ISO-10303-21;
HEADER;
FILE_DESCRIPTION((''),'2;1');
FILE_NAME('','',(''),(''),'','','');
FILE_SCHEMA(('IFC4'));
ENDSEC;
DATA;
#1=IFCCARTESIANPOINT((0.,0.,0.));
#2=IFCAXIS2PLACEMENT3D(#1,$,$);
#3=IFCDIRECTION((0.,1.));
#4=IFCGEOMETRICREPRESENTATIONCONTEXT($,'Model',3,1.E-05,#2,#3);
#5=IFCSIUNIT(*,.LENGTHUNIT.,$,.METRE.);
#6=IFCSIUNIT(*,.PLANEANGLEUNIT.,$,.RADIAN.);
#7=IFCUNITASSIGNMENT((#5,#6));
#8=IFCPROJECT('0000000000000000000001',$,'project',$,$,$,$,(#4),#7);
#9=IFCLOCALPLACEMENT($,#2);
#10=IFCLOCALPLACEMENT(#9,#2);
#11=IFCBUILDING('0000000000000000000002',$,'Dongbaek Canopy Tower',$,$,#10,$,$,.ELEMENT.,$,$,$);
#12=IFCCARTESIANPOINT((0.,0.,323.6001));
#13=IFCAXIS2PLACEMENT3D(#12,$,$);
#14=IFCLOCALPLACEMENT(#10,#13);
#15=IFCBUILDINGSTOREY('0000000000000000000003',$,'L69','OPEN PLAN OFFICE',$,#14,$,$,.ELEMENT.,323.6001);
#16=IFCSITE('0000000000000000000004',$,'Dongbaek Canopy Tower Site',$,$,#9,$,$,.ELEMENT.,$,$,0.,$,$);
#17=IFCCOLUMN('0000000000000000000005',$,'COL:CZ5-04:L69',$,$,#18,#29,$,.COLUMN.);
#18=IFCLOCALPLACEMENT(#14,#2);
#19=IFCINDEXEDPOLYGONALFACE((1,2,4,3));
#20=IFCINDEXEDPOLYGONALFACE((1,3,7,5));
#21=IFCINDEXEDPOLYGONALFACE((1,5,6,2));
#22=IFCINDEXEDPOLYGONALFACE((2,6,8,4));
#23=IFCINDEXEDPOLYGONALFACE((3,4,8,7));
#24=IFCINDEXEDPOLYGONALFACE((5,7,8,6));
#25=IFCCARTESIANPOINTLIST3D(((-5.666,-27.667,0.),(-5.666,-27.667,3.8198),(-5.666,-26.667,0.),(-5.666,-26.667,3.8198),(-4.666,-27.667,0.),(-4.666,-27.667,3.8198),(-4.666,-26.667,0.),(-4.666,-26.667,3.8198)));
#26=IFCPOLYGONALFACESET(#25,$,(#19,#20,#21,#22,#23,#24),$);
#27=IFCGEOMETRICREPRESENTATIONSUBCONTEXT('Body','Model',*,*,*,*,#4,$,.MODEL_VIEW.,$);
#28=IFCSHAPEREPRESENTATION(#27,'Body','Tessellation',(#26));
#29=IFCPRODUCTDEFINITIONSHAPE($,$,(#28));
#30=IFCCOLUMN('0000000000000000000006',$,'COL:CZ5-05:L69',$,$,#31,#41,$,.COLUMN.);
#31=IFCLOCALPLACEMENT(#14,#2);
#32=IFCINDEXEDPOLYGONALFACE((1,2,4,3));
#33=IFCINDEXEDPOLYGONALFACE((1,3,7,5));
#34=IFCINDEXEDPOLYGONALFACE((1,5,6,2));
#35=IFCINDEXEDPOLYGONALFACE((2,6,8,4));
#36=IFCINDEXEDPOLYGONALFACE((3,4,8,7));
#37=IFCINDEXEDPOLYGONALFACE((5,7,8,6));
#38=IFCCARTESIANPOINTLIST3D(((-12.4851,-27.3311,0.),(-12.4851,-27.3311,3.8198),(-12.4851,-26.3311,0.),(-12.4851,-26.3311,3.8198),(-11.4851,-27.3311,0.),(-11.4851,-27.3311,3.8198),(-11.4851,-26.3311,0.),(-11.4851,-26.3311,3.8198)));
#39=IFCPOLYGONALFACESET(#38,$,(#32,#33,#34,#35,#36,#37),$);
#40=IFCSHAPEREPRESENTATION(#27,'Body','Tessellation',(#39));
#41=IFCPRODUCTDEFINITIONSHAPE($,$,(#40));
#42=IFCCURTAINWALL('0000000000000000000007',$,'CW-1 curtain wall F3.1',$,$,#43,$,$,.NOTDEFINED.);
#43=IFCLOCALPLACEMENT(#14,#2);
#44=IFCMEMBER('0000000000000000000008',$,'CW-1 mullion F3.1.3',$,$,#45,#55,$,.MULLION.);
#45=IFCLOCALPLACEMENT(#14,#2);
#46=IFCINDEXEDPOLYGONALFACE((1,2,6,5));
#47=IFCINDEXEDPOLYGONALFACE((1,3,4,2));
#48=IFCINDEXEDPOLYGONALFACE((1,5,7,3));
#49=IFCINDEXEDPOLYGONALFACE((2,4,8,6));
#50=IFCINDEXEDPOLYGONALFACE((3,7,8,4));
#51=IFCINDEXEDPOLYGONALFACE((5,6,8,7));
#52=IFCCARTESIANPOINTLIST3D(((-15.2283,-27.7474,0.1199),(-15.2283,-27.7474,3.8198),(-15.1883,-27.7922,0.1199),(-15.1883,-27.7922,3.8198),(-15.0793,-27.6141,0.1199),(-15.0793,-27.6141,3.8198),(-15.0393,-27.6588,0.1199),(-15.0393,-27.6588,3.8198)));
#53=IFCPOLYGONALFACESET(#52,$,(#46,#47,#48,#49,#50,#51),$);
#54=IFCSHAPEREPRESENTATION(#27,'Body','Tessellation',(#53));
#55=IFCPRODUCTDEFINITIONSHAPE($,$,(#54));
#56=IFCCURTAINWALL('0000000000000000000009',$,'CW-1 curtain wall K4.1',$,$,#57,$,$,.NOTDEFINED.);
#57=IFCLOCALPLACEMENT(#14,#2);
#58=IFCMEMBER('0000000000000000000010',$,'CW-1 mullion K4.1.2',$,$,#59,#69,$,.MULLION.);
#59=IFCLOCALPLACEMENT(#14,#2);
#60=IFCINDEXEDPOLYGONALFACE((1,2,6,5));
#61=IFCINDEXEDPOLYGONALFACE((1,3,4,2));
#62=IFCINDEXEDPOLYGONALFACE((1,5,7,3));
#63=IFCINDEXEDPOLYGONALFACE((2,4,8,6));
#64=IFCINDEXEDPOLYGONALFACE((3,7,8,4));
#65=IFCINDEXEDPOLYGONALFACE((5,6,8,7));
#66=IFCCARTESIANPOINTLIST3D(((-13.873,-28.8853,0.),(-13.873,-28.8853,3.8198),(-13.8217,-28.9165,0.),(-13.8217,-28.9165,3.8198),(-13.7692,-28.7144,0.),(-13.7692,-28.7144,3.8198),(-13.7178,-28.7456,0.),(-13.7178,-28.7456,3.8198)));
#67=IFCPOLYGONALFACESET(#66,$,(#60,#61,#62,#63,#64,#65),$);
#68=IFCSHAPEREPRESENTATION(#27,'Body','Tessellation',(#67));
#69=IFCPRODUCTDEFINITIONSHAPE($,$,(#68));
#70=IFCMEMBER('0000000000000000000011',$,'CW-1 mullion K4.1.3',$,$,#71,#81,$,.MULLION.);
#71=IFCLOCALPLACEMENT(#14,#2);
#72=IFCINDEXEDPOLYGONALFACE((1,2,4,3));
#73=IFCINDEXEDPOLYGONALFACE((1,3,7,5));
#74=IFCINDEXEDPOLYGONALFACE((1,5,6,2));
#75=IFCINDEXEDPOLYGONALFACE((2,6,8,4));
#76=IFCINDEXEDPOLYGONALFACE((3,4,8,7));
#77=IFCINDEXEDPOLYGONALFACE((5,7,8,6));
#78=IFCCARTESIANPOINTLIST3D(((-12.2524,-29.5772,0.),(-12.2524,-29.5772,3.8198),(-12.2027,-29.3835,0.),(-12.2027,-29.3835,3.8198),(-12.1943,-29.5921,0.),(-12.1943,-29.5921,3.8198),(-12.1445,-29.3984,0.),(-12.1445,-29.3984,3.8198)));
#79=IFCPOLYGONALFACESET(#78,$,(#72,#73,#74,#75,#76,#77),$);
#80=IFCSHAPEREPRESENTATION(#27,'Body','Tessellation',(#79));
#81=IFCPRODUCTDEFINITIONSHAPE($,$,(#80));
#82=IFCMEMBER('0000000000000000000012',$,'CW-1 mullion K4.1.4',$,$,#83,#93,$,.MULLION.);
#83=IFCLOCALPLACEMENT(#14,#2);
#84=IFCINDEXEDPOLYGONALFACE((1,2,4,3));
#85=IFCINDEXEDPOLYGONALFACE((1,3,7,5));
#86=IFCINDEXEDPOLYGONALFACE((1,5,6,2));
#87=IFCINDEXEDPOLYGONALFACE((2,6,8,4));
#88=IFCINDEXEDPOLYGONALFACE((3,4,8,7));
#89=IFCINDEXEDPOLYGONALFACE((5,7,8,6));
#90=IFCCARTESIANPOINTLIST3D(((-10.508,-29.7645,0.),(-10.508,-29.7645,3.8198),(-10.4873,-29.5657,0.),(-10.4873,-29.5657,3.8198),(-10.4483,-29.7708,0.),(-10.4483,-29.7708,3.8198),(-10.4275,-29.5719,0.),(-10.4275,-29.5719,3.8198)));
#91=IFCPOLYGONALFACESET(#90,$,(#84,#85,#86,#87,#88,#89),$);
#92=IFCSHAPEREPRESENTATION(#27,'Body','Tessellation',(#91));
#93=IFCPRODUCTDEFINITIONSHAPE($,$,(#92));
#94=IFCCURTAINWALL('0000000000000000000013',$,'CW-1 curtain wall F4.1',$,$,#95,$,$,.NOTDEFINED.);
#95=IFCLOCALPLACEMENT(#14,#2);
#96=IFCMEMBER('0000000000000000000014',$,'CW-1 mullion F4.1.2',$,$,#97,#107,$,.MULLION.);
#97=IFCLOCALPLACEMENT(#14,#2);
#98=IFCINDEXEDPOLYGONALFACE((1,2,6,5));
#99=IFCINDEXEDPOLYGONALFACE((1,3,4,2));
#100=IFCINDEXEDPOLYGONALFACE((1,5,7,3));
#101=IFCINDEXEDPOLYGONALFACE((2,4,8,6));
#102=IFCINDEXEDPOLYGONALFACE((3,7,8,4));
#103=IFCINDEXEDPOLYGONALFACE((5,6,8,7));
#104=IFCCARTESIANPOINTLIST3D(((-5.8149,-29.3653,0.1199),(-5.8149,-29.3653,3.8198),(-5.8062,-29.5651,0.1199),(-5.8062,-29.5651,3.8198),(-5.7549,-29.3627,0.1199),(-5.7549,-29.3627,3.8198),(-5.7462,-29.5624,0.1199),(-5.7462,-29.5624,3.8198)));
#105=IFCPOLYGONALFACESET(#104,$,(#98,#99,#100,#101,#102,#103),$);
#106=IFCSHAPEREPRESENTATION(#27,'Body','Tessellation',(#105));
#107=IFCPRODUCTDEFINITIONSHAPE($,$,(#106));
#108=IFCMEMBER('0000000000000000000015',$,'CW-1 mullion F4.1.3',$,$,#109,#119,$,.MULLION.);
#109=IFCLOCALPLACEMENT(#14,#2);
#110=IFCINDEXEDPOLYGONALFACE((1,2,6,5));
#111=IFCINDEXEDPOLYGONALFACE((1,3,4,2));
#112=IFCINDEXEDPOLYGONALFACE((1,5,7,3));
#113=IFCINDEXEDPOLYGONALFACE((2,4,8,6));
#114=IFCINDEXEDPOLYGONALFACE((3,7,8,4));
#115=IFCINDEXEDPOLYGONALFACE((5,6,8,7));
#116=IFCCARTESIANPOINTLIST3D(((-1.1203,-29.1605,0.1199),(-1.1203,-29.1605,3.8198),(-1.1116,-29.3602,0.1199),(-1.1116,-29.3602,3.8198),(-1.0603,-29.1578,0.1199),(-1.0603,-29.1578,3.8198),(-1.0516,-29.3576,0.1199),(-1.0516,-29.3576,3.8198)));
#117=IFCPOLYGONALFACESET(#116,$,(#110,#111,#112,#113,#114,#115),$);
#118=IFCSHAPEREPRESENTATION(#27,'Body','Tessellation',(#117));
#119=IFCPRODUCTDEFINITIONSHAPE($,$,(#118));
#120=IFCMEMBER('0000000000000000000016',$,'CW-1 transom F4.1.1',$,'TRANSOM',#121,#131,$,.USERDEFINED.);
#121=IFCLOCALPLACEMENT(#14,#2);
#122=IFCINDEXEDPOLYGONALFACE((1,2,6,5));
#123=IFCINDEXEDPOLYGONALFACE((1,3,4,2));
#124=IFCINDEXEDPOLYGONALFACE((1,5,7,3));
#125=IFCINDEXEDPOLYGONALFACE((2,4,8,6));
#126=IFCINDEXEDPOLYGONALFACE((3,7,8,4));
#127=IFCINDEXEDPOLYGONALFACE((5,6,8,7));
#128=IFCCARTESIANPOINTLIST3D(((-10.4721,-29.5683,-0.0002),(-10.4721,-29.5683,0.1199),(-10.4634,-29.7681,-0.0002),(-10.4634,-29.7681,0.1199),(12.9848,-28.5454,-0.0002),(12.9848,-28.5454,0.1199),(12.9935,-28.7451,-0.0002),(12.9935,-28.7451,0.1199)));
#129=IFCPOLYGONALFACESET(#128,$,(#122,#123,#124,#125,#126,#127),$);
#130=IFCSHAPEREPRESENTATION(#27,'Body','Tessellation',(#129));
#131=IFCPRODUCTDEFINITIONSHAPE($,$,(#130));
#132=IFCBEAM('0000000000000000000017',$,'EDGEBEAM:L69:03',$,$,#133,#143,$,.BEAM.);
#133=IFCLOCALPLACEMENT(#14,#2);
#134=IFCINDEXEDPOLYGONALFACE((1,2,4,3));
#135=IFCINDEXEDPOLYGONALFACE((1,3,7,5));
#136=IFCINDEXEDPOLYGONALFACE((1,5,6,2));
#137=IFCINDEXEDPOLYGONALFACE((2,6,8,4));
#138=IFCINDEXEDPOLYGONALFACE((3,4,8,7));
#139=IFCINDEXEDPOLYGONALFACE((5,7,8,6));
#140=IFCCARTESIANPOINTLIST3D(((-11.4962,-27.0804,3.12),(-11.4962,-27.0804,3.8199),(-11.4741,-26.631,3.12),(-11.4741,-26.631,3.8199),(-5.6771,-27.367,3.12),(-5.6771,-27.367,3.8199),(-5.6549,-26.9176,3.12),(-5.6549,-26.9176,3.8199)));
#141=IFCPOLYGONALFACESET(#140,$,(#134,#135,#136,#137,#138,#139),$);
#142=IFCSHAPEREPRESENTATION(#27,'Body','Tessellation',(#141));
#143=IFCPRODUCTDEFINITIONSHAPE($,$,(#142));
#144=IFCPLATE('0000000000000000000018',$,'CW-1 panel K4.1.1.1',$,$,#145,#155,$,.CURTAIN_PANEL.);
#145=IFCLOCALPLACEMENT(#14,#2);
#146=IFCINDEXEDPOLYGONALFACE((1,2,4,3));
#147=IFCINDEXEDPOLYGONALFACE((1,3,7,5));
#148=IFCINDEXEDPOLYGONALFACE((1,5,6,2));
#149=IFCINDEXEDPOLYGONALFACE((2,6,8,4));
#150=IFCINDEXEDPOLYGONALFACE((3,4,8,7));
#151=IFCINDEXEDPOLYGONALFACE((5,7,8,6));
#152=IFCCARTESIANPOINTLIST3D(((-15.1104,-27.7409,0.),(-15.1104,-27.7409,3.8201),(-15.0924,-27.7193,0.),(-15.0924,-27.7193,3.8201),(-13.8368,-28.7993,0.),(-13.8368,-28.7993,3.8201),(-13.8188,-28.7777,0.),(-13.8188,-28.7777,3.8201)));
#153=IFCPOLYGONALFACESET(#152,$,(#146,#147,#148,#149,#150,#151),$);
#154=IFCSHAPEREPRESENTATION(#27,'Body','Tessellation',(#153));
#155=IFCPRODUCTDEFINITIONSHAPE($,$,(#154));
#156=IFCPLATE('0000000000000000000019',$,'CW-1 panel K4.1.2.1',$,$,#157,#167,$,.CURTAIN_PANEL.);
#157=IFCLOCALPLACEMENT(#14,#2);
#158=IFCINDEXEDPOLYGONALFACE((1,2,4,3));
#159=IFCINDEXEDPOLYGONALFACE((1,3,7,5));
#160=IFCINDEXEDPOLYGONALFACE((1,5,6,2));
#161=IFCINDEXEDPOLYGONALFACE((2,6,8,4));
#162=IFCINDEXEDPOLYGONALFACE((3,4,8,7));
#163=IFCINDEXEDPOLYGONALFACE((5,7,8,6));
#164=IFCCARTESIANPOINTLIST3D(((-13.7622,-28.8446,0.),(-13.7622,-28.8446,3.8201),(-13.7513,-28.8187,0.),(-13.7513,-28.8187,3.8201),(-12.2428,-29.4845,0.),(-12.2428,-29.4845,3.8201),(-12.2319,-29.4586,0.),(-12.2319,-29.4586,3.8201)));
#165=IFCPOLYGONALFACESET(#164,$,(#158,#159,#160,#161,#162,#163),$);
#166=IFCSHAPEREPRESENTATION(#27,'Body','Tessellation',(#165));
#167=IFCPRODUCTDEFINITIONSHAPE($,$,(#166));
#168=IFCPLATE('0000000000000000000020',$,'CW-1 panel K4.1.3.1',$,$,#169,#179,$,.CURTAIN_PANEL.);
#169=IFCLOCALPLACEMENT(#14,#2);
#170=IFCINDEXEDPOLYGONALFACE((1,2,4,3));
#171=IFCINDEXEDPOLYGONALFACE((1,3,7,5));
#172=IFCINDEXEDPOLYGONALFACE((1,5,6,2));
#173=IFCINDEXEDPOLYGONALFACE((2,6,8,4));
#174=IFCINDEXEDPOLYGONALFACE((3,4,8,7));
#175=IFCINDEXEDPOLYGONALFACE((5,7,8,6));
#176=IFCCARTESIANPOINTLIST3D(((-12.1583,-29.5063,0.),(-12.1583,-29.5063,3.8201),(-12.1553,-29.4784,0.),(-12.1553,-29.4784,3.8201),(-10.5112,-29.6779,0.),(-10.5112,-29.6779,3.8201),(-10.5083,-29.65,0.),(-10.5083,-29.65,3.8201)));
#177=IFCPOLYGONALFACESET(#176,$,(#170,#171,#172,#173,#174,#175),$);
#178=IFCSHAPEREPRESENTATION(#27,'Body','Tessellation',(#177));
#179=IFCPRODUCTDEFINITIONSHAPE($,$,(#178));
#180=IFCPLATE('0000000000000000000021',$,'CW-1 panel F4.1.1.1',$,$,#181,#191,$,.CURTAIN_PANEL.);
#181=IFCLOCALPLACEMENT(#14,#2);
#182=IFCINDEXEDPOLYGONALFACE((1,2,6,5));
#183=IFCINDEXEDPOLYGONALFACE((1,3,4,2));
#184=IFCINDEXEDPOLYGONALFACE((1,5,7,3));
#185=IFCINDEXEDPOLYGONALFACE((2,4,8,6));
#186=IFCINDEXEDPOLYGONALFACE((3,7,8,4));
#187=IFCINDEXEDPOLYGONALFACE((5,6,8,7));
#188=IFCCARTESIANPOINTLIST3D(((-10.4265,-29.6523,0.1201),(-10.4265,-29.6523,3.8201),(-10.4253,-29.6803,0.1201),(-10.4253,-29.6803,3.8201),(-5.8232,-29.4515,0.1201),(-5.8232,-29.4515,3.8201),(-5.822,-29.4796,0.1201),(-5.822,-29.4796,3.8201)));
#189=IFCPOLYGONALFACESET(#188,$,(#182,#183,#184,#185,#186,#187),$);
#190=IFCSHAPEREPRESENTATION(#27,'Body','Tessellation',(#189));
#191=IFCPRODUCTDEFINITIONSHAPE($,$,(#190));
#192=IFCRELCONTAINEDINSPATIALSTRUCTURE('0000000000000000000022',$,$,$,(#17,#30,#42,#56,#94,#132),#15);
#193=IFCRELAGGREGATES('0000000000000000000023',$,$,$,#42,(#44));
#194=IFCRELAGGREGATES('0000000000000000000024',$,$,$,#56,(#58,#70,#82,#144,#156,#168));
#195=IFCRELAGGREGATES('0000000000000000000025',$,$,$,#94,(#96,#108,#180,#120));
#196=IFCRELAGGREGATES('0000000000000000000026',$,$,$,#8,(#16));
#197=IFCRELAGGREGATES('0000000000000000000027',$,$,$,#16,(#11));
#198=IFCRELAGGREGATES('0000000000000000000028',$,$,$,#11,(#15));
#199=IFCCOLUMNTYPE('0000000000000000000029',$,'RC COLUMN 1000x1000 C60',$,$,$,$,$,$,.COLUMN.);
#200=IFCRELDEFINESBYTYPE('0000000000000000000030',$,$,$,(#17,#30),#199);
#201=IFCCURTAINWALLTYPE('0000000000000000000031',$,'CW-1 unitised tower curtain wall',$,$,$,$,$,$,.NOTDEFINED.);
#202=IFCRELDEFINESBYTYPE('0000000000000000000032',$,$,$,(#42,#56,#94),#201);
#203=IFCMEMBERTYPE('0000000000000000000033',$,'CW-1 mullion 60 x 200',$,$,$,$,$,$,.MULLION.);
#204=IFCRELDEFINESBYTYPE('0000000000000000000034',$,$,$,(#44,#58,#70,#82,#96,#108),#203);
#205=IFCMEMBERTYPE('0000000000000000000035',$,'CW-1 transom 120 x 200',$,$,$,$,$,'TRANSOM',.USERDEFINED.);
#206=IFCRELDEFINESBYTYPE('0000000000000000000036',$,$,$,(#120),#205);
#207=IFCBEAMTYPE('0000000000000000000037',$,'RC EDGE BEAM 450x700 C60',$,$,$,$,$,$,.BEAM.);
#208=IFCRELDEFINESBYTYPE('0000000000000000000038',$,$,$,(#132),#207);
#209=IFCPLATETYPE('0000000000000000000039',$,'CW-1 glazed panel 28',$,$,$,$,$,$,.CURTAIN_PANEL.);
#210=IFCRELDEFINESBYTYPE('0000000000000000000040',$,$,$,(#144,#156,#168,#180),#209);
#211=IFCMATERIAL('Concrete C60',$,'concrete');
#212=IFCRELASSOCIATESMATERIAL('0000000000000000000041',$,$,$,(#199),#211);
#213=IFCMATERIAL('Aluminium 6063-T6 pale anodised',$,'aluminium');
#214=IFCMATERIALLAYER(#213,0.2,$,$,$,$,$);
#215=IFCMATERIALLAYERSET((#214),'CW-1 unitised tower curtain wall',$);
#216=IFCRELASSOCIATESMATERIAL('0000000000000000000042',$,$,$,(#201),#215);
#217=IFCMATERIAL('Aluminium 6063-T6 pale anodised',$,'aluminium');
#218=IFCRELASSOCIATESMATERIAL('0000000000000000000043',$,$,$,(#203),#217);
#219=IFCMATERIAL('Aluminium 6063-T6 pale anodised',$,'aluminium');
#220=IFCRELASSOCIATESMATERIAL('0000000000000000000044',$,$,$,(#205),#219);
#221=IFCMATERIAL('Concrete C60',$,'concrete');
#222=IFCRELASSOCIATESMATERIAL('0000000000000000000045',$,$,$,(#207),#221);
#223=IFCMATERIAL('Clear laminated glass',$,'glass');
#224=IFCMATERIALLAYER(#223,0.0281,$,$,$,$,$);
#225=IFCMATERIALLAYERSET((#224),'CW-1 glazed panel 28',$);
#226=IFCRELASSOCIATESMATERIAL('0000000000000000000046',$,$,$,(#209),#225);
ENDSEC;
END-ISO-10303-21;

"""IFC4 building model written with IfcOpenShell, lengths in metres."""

from ifc_helpers import new_model, si_unit, direction, frame, origin, origin_2d, place, context, subcontext, project, spatial, rectangle, extrude, material, layer, layer_set, material_profile, profile_set, type_object, element, aggregate, save


model = new_model("IFC4")

# Units and contexts
model_context = context("Model", 3, precision=1e-05, world=origin(), true_north=direction((0.0, 1.0)))
body_context = subcontext(model_context, "Body", "Model", "MODEL_VIEW")
ifc_project = project(units=[si_unit("LENGTHUNIT", "METRE"), si_unit("PLANEANGLEUNIT", "RADIAN")], contexts=[model_context])

# Site, building, storey
site_placement = place(None, origin())
site = spatial("IfcSite", under=ifc_project, at=site_placement, Name="Dongbaek Canopy Tower Site", CompositionType="ELEMENT", RefElevation=0.0)
building_placement = place(site_placement, origin())
building = spatial("IfcBuilding", under=site, at=building_placement, Name="Dongbaek Canopy Tower", CompositionType="ELEMENT")
storey_placement = place(building_placement, frame((0.0, 0.0, 323.6001)))
storey = spatial("IfcBuildingStorey", under=building, at=storey_placement, Name="L69", Description="OPEN PLAN OFFICE", CompositionType="ELEMENT", Elevation=323.6001)

# Columns
ifc_material_1 = material(Name="Concrete C60", Category="concrete")
ifc_material_profile_1 = material_profile(ifc_material_1, rectangle(XDim=1.0, YDim=1.0, at=origin_2d()), Name="RC COLUMN 1000x1000 C60")
ifc_profile_set_1 = profile_set([ifc_material_profile_1], Name="Concrete C60")
column_type = type_object("IfcColumnType", Name="RC COLUMN 1000x1000 C60", PredefinedType="COLUMN", material=ifc_profile_set_1)
for number, where, z_axis, x_axis, name in (
    (1, (-5.166, -27.167, 0.0), (0.0, 0.0, 1.0), (1.0, 0.0, 0.0), "COL:CZ5-04:L69"),
    (2, (-11.9851, -26.8311, 0.0), (0.0, 0.0, 1.0), (1.0, 0.0, 0.0), "COL:CZ5-05:L69"),
):
    element("IfcColumn", number, at=place(storey_placement, frame(where, z_axis=z_axis, x_axis=x_axis)), inside=storey, type_object=column_type, Name=name, PredefinedType="COLUMN", context=body_context, shape_type="SweptSolid", body=[
        extrude(rectangle(XDim=1.0, YDim=1.0, at=origin_2d()), origin(), (0.0, 0.0, 1.0), 3.8198),
    ])

# Curtain wall, member
ifc_material_2 = material(Name="Aluminium 6063-T6 pale anodised", Category="aluminium")
ifc_layer_1 = layer(ifc_material_2, 0.2)
ifc_layer_set_1 = layer_set([ifc_layer_1], Name="CW-1 unitised tower curtain wall")
curtain_wall_type = type_object("IfcCurtainWallType", Name="CW-1 unitised tower curtain wall", PredefinedType="NOTDEFINED", material=ifc_layer_set_1)
curtain_wall_1_placement = place(storey_placement, origin())
curtain_wall_1 = element("IfcCurtainWall", 3, at=curtain_wall_1_placement, inside=storey, type_object=curtain_wall_type, Name="CW-1 curtain wall F3.1", PredefinedType="NOTDEFINED")
ifc_material_3 = material(Name="Aluminium 6063-T6 pale anodised", Category="aluminium")
ifc_material_profile_2 = material_profile(ifc_material_3, rectangle(XDim=0.2, YDim=0.0601, at=origin_2d()), Name="CW-1 mullion 60 x 200")
ifc_profile_set_2 = profile_set([ifc_material_profile_2], Name="Aluminium 6063-T6 pale anodised")
member_type_1 = type_object("IfcMemberType", Name="CW-1 mullion 60 x 200", PredefinedType="MULLION", material=ifc_profile_set_2)
member_1_placement = place(storey_placement, frame((-15.1338, -27.7031, 0.1199), z_axis=(0.0, 0.0, 1.0), x_axis=(-0.745165, -0.66688, 0.0)))
member_1 = element("IfcMember", 4, at=member_1_placement, type_object=member_type_1, Name="CW-1 mullion F3.1.3", PredefinedType="MULLION", context=body_context, shape_type="SweptSolid", body=[
    extrude(rectangle(XDim=0.2, YDim=0.0601, at=origin_2d()), origin(), (0.0, 0.0, 1.0), 3.7),
])
aggregate(curtain_wall_1, [member_1])

# Curtain walls, members
curtain_wall_2_placement = place(storey_placement, origin())
curtain_wall_2 = element("IfcCurtainWall", 5, at=curtain_wall_2_placement, inside=storey, type_object=curtain_wall_type, Name="CW-1 curtain wall K4.1", PredefinedType="NOTDEFINED")
member_2_placement = place(storey_placement, frame((-13.7954, -28.8154, 0.0), z_axis=(0.0, 0.0, 1.0), x_axis=(-0.519267, -0.854612, 0.0)))
member_2 = element("IfcMember", 6, at=member_2_placement, type_object=member_type_1, Name="CW-1 mullion K4.1.2", PredefinedType="MULLION", context=body_context, shape_type="SweptSolid", body=[
    extrude(rectangle(XDim=0.2, YDim=0.0601, at=origin_2d()), origin(), (0.0, 0.0, 1.0), 3.8198),
])
member_3_placement = place(storey_placement, frame((-12.1985, -29.4878, 0.0), z_axis=(0.0, 0.0, 1.0), x_axis=(-0.24857, -0.968614, 0.0)))
member_3 = element("IfcMember", 7, at=member_3_placement, type_object=member_type_1, Name="CW-1 mullion K4.1.3", PredefinedType="MULLION", context=body_context, shape_type="SweptSolid", body=[
    extrude(rectangle(XDim=0.2, YDim=0.0601, at=origin_2d()), origin(), (0.0, 0.0, 1.0), 3.8198),
])
member_4_placement = place(storey_placement, frame((-10.4678, -29.6682, 0.0), z_axis=(0.0, 0.0, 1.0), x_axis=(-0.103623, -0.994617, 0.0)))
member_4 = element("IfcMember", 8, at=member_4_placement, type_object=member_type_1, Name="CW-1 mullion K4.1.4", PredefinedType="MULLION", context=body_context, shape_type="SweptSolid", body=[
    extrude(rectangle(XDim=0.2, YDim=0.0601, at=origin_2d()), origin(), (0.0, 0.0, 1.0), 3.8198),
])
curtain_wall_3_placement = place(storey_placement, origin())
curtain_wall_3 = element("IfcCurtainWall", 9, at=curtain_wall_3_placement, inside=storey, type_object=curtain_wall_type, Name="CW-1 curtain wall F4.1", PredefinedType="NOTDEFINED")
member_5_placement = place(storey_placement, frame((-5.7805, -29.4639, 0.1199), z_axis=(0.0, 0.0, 1.0), x_axis=(0.043572, -0.99905, 0.0)))
member_5 = element("IfcMember", 10, at=member_5_placement, type_object=member_type_1, Name="CW-1 mullion F4.1.2", PredefinedType="MULLION", context=body_context, shape_type="SweptSolid", body=[
    extrude(rectangle(XDim=0.2, YDim=0.0601, at=origin_2d()), origin(), (0.0, 0.0, 1.0), 3.7),
])
member_6_placement = place(storey_placement, frame((-1.0859, -29.259, 0.1199), z_axis=(0.0, 0.0, 1.0), x_axis=(0.043572, -0.99905, 0.0)))
member_6 = element("IfcMember", 11, at=member_6_placement, type_object=member_type_1, Name="CW-1 mullion F4.1.3", PredefinedType="MULLION", context=body_context, shape_type="SweptSolid", body=[
    extrude(rectangle(XDim=0.2, YDim=0.0601, at=origin_2d()), origin(), (0.0, 0.0, 1.0), 3.7),
])
ifc_material_4 = material(Name="Aluminium 6063-T6 pale anodised", Category="aluminium")
ifc_material_profile_3 = material_profile(ifc_material_4, rectangle(XDim=0.2, YDim=0.1201, at=origin_2d()), Name="CW-1 transom 120 x 200")
ifc_profile_set_3 = profile_set([ifc_material_profile_3], Name="Aluminium 6063-T6 pale anodised")
member_type_2 = type_object("IfcMemberType", Name="CW-1 transom 120 x 200", ElementType="TRANSOM", PredefinedType="USERDEFINED", material=ifc_profile_set_3)
member_7_placement = place(storey_placement, frame((-10.4678, -29.6682, 0.0598), z_axis=(0.99905, 0.043568, 0.0), x_axis=(-0.043568, 0.99905, 0.0)))
member_7 = element("IfcMember", 12, at=member_7_placement, type_object=member_type_2, Name="CW-1 transom F4.1.1", ObjectType="TRANSOM", PredefinedType="USERDEFINED", context=body_context, shape_type="SweptSolid", body=[
    extrude(rectangle(XDim=0.2, YDim=0.1201, at=origin_2d()), origin(), (0.0, 0.0, 1.0), 23.4792),
])

# Beam
ifc_material_5 = material(Name="Concrete C60", Category="concrete")
ifc_material_profile_4 = material_profile(ifc_material_5, rectangle(XDim=0.45, YDim=0.7, at=origin_2d()), Name="RC EDGE BEAM 450x700 C60")
ifc_profile_set_4 = profile_set([ifc_material_profile_4], Name="Concrete C60")
beam_type = type_object("IfcBeamType", Name="RC EDGE BEAM 450x700 C60", PredefinedType="BEAM", material=ifc_profile_set_4)
beam_placement = place(storey_placement, frame((-5.666, -27.1423, 3.47), z_axis=(-0.998789, 0.049196, 0.0), x_axis=(-0.049196, -0.998789, 0.0)))
element("IfcBeam", 13, at=beam_placement, inside=storey, type_object=beam_type, Name="EDGEBEAM:L69:03", PredefinedType="BEAM", context=body_context, shape_type="SweptSolid", body=[
    extrude(rectangle(XDim=0.45, YDim=0.7, at=origin_2d()), origin(), (0.0, 0.0, 1.0), 5.8262),
])

# Plates
ifc_material_6 = material(Name="Clear laminated glass", Category="glass")
ifc_layer_2 = layer(ifc_material_6, 0.0281)
ifc_layer_set_2 = layer_set([ifc_layer_2], Name="CW-1 glazed panel 28")
plate_type = type_object("IfcPlateType", Name="CW-1 glazed panel 28", PredefinedType="CURTAIN_PANEL", material=ifc_layer_set_2)
plate_1_placement = place(storey_placement, frame((-14.4646, -28.2593, 0.0), z_axis=(0.0, 0.0, 1.0), x_axis=(0.769085, -0.639146, 0.0)))
plate_1 = element("IfcPlate", 14, at=plate_1_placement, type_object=plate_type, Name="CW-1 panel K4.1.1.1", PredefinedType="CURTAIN_PANEL", context=body_context, shape_type="SweptSolid", body=[
    extrude(rectangle(XDim=1.656, YDim=0.0281, at=origin_2d()), origin(), (0.0, 0.0, 1.0), 3.8201),
])
plate_2_placement = place(storey_placement, frame((-12.9971, -29.1516, 0.0), z_axis=(0.0, 0.0, 1.0), x_axis=(0.921606, -0.388127, 0.0)))
plate_2 = element("IfcPlate", 15, at=plate_2_placement, type_object=plate_type, Name="CW-1 panel K4.1.2.1", PredefinedType="CURTAIN_PANEL", context=body_context, shape_type="SweptSolid", body=[
    extrude(rectangle(XDim=1.6487, YDim=0.0281, at=origin_2d()), origin(), (0.0, 0.0, 1.0), 3.8201),
])
plate_3_placement = place(storey_placement, frame((-11.3333, -29.5781, 0.0), z_axis=(0.0, 0.0, 1.0), x_axis=(0.994617, -0.103623, 0.0)))
plate_3 = element("IfcPlate", 16, at=plate_3_placement, type_object=plate_type, Name="CW-1 panel K4.1.3.1", PredefinedType="CURTAIN_PANEL", context=body_context, shape_type="SweptSolid", body=[
    extrude(rectangle(XDim=1.656, YDim=0.0281, at=origin_2d()), origin(), (0.0, 0.0, 1.0), 3.8201),
])
aggregate(curtain_wall_2, [member_2, member_3, member_4, plate_1, plate_2, plate_3])
plate_4_placement = place(storey_placement, frame((-8.1243, -29.5659, 0.1201), z_axis=(0.0, 0.0, 1.0), x_axis=(0.99905, 0.043572, 0.0)))
plate_4 = element("IfcPlate", 17, at=plate_4_placement, type_object=plate_type, Name="CW-1 panel F4.1.1.1", PredefinedType="CURTAIN_PANEL", context=body_context, shape_type="SweptSolid", body=[
    extrude(rectangle(XDim=4.6077, YDim=0.0281, at=origin_2d()), origin(), (0.0, 0.0, 1.0), 3.7),
])

aggregate(curtain_wall_3, [member_5, member_6, plate_4, member_7])

save(model, "model.ifc")
